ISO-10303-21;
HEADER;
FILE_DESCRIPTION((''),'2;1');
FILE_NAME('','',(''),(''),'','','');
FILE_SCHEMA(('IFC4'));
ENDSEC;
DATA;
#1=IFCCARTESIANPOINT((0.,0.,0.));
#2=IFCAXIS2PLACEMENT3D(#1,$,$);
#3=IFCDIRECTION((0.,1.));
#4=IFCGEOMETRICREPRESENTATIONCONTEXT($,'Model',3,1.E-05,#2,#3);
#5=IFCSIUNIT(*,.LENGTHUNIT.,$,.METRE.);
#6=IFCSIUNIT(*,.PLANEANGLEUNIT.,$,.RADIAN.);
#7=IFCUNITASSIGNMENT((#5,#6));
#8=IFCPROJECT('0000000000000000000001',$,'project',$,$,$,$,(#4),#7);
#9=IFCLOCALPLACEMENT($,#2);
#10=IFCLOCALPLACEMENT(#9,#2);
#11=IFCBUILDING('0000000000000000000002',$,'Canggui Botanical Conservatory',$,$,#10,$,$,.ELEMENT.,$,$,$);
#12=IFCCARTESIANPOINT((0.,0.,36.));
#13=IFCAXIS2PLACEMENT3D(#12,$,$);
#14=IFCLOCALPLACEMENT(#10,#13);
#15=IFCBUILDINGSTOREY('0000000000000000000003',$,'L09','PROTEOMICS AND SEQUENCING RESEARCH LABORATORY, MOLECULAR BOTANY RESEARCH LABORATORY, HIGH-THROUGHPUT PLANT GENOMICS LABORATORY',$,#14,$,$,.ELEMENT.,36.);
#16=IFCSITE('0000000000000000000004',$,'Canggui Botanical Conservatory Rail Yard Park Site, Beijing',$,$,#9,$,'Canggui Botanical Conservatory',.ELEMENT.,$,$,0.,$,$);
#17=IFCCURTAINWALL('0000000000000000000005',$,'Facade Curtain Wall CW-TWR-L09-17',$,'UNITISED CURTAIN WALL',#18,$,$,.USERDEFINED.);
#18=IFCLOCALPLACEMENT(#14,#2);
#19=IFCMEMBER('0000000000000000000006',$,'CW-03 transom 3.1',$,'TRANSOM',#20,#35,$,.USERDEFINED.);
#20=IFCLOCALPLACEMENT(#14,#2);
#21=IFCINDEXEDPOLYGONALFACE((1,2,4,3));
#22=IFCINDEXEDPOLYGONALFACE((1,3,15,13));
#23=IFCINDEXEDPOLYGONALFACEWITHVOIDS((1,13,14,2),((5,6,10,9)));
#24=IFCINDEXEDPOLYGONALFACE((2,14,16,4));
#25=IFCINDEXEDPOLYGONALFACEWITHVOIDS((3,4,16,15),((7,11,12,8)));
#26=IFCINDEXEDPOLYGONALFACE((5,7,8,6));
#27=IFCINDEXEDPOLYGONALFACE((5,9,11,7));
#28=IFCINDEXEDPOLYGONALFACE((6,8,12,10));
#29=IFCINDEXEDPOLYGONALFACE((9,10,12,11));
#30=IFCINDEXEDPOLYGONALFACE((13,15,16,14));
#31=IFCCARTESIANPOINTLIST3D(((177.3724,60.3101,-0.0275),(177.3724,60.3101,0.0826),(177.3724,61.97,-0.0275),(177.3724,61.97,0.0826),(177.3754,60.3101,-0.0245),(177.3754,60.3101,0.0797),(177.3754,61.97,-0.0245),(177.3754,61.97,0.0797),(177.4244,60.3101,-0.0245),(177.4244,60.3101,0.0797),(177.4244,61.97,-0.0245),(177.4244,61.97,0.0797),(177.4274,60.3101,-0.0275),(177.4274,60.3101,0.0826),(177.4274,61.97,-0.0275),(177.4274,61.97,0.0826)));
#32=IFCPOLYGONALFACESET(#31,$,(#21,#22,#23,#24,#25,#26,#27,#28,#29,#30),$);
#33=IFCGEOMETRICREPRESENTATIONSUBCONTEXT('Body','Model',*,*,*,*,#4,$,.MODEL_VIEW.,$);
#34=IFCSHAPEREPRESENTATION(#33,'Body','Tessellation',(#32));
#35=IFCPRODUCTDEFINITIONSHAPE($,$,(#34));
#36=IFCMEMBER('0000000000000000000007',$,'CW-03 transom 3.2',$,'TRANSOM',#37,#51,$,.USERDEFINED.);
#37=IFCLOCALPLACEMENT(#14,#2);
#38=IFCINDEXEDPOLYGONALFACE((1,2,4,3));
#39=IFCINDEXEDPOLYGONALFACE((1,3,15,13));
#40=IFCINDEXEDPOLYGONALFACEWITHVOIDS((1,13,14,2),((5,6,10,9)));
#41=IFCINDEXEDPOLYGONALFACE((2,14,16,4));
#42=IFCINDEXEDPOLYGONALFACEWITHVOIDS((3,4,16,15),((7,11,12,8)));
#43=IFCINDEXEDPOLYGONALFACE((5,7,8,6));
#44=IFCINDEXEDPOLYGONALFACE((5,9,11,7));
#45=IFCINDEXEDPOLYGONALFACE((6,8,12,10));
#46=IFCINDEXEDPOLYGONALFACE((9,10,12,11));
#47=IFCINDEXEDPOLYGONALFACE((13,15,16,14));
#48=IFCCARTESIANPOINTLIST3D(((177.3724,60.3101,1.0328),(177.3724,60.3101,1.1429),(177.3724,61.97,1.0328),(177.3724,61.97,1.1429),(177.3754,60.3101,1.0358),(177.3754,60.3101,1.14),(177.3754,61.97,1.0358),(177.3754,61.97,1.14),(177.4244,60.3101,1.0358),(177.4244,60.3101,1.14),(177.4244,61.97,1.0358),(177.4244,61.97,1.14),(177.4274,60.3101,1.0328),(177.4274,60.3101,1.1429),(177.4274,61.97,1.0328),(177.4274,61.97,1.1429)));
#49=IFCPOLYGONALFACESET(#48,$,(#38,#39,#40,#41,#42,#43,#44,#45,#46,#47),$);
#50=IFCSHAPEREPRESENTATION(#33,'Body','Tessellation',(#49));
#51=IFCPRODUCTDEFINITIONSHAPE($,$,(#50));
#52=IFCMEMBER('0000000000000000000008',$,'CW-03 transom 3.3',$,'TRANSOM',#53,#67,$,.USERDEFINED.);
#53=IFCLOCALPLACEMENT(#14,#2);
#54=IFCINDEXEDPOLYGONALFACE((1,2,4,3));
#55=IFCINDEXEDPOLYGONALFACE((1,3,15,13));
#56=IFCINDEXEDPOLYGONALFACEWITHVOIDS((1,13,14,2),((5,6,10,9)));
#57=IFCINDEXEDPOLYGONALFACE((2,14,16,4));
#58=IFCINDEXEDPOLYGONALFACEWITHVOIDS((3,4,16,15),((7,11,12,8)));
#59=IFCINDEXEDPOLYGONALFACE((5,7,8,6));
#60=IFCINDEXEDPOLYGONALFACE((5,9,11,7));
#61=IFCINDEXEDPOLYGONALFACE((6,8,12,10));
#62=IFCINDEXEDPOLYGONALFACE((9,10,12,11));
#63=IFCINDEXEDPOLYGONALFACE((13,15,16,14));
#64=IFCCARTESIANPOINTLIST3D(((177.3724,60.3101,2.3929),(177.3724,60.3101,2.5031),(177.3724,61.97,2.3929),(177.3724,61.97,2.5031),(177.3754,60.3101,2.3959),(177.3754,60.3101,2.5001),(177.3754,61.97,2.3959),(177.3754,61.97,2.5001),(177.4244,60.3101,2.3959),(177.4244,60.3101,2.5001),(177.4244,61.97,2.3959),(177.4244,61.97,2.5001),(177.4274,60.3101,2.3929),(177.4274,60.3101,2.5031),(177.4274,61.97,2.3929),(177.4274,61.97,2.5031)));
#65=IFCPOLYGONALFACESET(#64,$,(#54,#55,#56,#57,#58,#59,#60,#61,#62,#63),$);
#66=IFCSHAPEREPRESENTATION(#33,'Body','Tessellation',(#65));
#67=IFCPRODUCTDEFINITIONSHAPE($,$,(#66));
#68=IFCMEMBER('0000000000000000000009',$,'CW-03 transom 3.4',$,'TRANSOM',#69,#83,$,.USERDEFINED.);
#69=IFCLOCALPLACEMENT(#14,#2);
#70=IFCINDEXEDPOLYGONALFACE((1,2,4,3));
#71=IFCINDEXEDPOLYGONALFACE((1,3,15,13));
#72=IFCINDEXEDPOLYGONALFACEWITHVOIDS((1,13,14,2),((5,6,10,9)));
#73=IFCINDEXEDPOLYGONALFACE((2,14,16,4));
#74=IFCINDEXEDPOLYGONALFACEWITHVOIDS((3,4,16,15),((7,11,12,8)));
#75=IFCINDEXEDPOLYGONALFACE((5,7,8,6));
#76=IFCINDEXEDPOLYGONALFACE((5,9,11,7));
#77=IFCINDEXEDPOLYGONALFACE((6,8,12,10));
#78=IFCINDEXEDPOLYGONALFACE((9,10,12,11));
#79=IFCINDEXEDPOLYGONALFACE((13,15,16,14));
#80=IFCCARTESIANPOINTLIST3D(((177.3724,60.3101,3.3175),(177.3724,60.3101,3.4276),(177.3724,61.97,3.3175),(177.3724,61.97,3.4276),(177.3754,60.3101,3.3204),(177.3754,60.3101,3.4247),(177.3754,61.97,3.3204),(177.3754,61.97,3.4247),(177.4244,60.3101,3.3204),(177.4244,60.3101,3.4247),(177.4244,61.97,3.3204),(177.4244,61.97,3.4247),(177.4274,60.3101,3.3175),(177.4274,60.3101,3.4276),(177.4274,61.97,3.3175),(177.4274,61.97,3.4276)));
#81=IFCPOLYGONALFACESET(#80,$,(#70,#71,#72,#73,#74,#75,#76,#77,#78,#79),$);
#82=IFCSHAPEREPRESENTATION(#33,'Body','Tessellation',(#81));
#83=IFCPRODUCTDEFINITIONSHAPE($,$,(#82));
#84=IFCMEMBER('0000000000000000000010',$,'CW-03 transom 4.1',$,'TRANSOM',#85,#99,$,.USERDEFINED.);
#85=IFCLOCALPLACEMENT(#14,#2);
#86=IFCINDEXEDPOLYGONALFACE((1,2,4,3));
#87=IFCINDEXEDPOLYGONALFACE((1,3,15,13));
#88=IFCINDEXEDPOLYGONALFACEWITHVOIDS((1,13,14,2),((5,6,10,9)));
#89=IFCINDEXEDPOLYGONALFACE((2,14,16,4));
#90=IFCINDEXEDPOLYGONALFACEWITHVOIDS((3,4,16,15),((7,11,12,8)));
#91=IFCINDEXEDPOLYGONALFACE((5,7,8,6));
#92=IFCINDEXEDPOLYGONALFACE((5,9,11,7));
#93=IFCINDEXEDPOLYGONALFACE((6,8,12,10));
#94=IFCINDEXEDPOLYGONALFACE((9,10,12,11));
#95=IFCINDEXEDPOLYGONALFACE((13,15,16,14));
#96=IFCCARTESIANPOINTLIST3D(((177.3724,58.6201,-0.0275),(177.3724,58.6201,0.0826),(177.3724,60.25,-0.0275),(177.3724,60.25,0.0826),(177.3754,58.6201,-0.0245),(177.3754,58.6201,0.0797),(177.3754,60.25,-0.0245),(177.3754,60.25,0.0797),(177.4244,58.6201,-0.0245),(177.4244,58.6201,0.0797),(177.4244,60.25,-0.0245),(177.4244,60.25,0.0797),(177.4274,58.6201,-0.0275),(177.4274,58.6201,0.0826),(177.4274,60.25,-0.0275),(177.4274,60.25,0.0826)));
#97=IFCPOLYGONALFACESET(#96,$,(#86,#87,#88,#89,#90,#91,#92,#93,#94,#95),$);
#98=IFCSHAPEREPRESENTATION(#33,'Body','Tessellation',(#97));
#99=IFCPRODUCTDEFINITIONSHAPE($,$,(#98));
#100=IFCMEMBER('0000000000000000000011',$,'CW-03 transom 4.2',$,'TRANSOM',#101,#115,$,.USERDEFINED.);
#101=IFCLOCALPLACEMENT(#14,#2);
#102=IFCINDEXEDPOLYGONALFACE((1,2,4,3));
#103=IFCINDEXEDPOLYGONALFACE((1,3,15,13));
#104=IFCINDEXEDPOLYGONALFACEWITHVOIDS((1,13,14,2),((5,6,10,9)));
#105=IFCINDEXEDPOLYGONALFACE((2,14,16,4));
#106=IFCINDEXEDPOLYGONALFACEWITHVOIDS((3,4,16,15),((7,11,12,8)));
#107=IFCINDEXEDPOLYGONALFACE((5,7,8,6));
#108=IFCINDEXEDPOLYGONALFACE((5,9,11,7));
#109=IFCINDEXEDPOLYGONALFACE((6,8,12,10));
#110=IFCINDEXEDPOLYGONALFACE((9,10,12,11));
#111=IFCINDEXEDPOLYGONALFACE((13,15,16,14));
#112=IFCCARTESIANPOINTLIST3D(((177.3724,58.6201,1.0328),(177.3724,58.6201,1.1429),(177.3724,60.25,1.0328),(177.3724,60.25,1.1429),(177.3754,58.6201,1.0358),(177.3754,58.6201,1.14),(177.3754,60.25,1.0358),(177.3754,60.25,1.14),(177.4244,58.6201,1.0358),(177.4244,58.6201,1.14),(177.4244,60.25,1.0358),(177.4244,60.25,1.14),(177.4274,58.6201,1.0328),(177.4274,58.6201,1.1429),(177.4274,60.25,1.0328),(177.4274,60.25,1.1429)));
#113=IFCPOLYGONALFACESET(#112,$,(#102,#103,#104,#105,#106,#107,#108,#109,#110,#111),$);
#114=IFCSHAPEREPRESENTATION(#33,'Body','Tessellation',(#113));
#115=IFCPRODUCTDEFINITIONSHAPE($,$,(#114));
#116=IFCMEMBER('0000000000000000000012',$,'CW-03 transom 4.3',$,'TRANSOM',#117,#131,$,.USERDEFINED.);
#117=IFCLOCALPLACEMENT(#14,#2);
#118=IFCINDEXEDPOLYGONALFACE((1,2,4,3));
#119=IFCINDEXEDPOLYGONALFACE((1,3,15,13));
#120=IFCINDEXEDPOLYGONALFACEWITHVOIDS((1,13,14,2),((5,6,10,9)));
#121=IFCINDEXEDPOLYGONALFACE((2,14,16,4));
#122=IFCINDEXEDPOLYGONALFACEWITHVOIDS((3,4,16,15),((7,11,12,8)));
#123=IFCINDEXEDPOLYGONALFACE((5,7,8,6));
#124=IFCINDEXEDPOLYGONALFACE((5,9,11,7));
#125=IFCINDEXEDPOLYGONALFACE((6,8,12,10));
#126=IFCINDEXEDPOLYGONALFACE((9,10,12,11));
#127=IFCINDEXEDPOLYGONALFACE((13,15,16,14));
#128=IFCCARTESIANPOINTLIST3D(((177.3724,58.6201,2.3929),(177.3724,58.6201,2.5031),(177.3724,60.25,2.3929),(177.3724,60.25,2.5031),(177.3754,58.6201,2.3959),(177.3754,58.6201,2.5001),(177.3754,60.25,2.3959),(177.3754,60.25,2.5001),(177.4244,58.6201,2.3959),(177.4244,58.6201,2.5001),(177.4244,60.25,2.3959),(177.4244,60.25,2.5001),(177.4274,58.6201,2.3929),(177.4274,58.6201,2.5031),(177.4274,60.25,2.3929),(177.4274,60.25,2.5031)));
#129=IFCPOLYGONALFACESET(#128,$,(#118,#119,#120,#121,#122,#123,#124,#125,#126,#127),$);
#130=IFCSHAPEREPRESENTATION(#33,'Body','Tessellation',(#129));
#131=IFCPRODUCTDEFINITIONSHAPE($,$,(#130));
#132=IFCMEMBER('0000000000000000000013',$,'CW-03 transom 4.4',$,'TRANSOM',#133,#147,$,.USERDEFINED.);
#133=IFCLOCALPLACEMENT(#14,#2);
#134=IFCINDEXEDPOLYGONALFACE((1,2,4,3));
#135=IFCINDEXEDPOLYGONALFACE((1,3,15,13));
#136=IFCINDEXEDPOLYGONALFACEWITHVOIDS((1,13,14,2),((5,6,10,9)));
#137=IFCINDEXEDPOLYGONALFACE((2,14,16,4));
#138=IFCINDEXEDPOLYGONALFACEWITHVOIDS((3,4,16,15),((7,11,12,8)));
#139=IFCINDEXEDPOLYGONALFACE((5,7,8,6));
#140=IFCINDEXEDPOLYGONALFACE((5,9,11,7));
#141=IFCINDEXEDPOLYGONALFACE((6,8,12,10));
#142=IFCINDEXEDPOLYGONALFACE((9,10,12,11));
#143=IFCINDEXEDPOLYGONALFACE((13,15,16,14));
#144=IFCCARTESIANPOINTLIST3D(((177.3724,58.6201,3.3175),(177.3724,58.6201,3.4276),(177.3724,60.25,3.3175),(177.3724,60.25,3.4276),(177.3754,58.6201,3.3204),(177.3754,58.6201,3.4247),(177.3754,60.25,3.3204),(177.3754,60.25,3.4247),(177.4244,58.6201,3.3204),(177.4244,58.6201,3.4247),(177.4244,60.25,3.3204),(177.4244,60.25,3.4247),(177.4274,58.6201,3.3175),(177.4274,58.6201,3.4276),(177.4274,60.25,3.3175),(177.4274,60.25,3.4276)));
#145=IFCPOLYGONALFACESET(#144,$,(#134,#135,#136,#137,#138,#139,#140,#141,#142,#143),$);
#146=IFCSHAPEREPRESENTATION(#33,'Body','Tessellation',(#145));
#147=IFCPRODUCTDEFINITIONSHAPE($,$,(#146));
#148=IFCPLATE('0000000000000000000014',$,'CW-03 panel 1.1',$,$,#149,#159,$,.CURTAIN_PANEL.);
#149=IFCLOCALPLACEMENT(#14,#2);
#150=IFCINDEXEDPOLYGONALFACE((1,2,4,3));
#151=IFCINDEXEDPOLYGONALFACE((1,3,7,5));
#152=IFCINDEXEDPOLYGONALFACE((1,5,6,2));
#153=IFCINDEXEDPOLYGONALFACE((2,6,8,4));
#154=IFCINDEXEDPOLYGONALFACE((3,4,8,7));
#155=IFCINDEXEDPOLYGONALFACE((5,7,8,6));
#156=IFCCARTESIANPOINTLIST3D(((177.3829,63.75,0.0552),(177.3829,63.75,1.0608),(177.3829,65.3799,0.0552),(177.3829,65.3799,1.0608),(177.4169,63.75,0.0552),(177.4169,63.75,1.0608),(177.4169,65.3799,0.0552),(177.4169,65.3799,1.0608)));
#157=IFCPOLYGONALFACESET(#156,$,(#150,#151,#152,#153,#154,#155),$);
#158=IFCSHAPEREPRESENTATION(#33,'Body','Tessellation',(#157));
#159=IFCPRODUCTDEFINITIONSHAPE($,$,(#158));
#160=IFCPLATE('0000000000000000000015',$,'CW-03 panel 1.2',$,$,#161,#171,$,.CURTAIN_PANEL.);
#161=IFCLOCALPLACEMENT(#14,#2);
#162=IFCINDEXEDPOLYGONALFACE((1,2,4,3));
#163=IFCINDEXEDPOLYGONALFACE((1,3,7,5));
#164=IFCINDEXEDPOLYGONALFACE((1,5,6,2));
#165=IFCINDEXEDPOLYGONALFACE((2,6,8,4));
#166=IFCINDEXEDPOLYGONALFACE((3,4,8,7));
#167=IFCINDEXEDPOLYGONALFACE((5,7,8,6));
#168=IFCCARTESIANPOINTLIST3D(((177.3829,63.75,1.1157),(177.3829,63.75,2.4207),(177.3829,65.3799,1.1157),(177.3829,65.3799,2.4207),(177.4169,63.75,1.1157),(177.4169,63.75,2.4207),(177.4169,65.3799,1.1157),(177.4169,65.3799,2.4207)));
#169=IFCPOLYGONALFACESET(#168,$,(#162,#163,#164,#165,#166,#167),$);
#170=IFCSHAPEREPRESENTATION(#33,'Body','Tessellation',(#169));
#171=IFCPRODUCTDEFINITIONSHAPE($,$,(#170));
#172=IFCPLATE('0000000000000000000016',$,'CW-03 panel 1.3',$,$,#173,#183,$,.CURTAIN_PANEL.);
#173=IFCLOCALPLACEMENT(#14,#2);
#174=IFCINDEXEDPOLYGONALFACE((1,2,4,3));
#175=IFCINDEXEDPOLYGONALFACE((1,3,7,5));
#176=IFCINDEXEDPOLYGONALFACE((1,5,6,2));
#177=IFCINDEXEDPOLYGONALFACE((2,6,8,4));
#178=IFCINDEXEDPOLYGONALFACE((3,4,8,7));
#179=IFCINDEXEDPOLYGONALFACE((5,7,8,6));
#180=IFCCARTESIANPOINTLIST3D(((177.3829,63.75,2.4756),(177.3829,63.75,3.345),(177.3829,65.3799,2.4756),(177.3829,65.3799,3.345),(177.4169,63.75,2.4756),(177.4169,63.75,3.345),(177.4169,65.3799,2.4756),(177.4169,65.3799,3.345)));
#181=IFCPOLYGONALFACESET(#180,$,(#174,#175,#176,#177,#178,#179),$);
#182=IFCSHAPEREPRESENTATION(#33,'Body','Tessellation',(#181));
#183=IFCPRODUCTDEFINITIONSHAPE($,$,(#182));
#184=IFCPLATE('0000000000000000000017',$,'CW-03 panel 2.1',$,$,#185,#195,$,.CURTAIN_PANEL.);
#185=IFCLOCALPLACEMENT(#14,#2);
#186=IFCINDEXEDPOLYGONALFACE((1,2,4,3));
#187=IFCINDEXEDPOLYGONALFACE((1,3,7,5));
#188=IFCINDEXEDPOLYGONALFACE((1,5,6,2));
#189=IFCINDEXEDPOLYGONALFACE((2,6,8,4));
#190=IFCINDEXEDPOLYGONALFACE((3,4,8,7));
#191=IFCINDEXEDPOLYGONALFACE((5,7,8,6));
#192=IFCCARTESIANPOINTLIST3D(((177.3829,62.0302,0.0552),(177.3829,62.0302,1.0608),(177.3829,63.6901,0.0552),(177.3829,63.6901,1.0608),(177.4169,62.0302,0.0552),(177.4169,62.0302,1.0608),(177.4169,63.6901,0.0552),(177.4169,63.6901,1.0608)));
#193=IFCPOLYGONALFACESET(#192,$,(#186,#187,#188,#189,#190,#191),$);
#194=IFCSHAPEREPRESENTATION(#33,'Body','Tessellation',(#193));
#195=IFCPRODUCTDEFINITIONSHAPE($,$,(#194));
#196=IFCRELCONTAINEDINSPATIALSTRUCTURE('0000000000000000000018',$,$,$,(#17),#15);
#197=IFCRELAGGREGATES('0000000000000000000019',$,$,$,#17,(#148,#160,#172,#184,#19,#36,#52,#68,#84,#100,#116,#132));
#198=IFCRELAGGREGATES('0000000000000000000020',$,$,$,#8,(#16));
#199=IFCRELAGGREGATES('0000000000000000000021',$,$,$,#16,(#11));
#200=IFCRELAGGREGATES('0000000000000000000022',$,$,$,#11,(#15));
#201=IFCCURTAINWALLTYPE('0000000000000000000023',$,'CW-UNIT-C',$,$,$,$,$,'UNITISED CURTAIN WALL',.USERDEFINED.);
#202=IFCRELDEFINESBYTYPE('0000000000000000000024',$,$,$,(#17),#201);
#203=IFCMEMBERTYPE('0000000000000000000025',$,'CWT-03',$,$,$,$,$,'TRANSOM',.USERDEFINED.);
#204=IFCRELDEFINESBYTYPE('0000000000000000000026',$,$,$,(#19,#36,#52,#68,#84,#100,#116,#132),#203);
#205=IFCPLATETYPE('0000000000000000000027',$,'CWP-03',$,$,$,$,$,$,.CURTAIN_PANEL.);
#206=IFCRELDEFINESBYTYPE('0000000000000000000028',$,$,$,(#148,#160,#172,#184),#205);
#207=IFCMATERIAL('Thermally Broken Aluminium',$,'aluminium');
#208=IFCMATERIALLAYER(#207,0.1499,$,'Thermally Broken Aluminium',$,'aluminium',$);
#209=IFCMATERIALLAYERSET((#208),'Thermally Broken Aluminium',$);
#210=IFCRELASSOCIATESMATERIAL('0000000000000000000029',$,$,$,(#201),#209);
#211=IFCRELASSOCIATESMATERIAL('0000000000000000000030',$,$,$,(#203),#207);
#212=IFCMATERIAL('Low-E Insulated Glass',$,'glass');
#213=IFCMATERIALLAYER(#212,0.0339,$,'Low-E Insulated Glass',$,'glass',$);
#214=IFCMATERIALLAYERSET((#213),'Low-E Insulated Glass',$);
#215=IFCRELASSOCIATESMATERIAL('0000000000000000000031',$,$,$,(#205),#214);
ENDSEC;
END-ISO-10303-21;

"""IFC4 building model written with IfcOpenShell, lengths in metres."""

from ifc_helpers import new_model, si_unit, direction, frame, origin, origin_2d, place, context, subcontext, project, spatial, rectangle, hollow_rectangle, extrude, material, layer, layer_set, material_profile, profile_set, type_object, element, aggregate, save


model = new_model("IFC4")

# Units and contexts
model_context = context("Model", 3, precision=1e-05, world=origin(), true_north=direction((0.0, 1.0)))
body_context = subcontext(model_context, "Body", "Model", "MODEL_VIEW")
ifc_project = project(units=[si_unit("LENGTHUNIT", "METRE"), si_unit("PLANEANGLEUNIT", "RADIAN")], contexts=[model_context])

# Site, building, storey
site_placement = place(None, origin())
site = spatial("IfcSite", under=ifc_project, at=site_placement, Name="Canggui Botanical Conservatory Rail Yard Park Site, Beijing", LongName="Canggui Botanical Conservatory", CompositionType="ELEMENT", RefElevation=0.0)
building_placement = place(site_placement, origin())
building = spatial("IfcBuilding", under=site, at=building_placement, Name="Canggui Botanical Conservatory", CompositionType="ELEMENT")
storey_placement = place(building_placement, frame((0.0, 0.0, 36.0)))
storey = spatial("IfcBuildingStorey", under=building, at=storey_placement, Name="L09", Description="PROTEOMICS AND SEQUENCING RESEARCH LABORATORY, MOLECULAR BOTANY RESEARCH LABORATORY, HIGH-THROUGHPUT PLANT GENOMICS LABORATORY", CompositionType="ELEMENT", Elevation=36.0)

# Curtain wall, members, plates
ifc_material_1 = material(Name="Thermally Broken Aluminium", Category="aluminium")
ifc_layer_1 = layer(ifc_material_1, 0.1499, Name="Thermally Broken Aluminium", Category="aluminium")
ifc_layer_set_1 = layer_set([ifc_layer_1], Name="Thermally Broken Aluminium")
curtain_wall_type = type_object("IfcCurtainWallType", Name="CW-UNIT-C", ElementType="UNITISED CURTAIN WALL", PredefinedType="USERDEFINED", material=ifc_layer_set_1)
curtain_wall_placement = place(storey_placement, origin())
curtain_wall = element("IfcCurtainWall", 1, at=curtain_wall_placement, inside=storey, type_object=curtain_wall_type, Name="Facade Curtain Wall CW-TWR-L09-17", ObjectType="UNITISED CURTAIN WALL", PredefinedType="USERDEFINED")
ifc_material_profile_1 = material_profile(ifc_material_1, hollow_rectangle(XDim=0.0549, YDim=0.1101, WallThickness=0.0029, at=origin_2d()), Name="CWT 55x110x3")
ifc_profile_set_1 = profile_set([ifc_material_profile_1], Name="Thermally Broken Aluminium")
member_type_1 = type_object("IfcMemberType", Name="CWT-03", ElementType="TRANSOM", PredefinedType="USERDEFINED", material=ifc_profile_set_1)
member_1_placement = place(storey_placement, frame((177.3999, 61.97, 0.0276), z_axis=(0.0, -1.0, 0.0), x_axis=(1.0, 0.0, 0.0)))
member_1 = element("IfcMember", 2, at=member_1_placement, type_object=member_type_1, Name="CW-03 transom 3.1", ObjectType="TRANSOM", PredefinedType="USERDEFINED", context=body_context, shape_type="SweptSolid", body=[
    extrude(hollow_rectangle(XDim=0.0549, YDim=0.1101, WallThickness=0.0029, at=origin_2d()), origin(), (0.0, 0.0, 1.0), 1.6599),
])
member_2_placement = place(storey_placement, frame((177.3999, 61.97, 1.0879), z_axis=(0.0, -1.0, 0.0), x_axis=(1.0, 0.0, 0.0)))
member_2 = element("IfcMember", 3, at=member_2_placement, type_object=member_type_1, Name="CW-03 transom 3.2", ObjectType="TRANSOM", PredefinedType="USERDEFINED", context=body_context, shape_type="SweptSolid", body=[
    extrude(hollow_rectangle(XDim=0.0549, YDim=0.1101, WallThickness=0.0029, at=origin_2d()), origin(), (0.0, 0.0, 1.0), 1.6599),
])
member_3_placement = place(storey_placement, frame((177.3999, 61.97, 2.448), z_axis=(0.0, -1.0, 0.0), x_axis=(1.0, 0.0, 0.0)))
member_3 = element("IfcMember", 4, at=member_3_placement, type_object=member_type_1, Name="CW-03 transom 3.3", ObjectType="TRANSOM", PredefinedType="USERDEFINED", context=body_context, shape_type="SweptSolid", body=[
    extrude(hollow_rectangle(XDim=0.0549, YDim=0.1101, WallThickness=0.0029, at=origin_2d()), origin(), (0.0, 0.0, 1.0), 1.6599),
])
member_4_placement = place(storey_placement, frame((177.3999, 61.97, 3.3726), z_axis=(0.0, -1.0, 0.0), x_axis=(1.0, 0.0, 0.0)))
member_4 = element("IfcMember", 5, at=member_4_placement, type_object=member_type_1, Name="CW-03 transom 3.4", ObjectType="TRANSOM", PredefinedType="USERDEFINED", context=body_context, shape_type="SweptSolid", body=[
    extrude(hollow_rectangle(XDim=0.0549, YDim=0.1101, WallThickness=0.0029, at=origin_2d()), origin(), (0.0, 0.0, 1.0), 1.6599),
])
member_5_placement = place(storey_placement, frame((177.3999, 60.25, 0.0276), z_axis=(0.0, -1.0, 0.0), x_axis=(1.0, 0.0, 0.0)))
member_5 = element("IfcMember", 6, at=member_5_placement, type_object=member_type_1, Name="CW-03 transom 4.1", ObjectType="TRANSOM", PredefinedType="USERDEFINED", context=body_context, shape_type="SweptSolid", body=[
    extrude(hollow_rectangle(XDim=0.0549, YDim=0.1101, WallThickness=0.0029, at=origin_2d()), origin(), (0.0, 0.0, 1.0), 1.6299),
])
member_6_placement = place(storey_placement, frame((177.3999, 60.25, 1.0879), z_axis=(0.0, -1.0, 0.0), x_axis=(1.0, 0.0, 0.0)))
member_6 = element("IfcMember", 7, at=member_6_placement, type_object=member_type_1, Name="CW-03 transom 4.2", ObjectType="TRANSOM", PredefinedType="USERDEFINED", context=body_context, shape_type="SweptSolid", body=[
    extrude(hollow_rectangle(XDim=0.0549, YDim=0.1101, WallThickness=0.0029, at=origin_2d()), origin(), (0.0, 0.0, 1.0), 1.6299),
])
member_7_placement = place(storey_placement, frame((177.3999, 60.25, 2.448), z_axis=(0.0, -1.0, 0.0), x_axis=(1.0, 0.0, 0.0)))
member_7 = element("IfcMember", 8, at=member_7_placement, type_object=member_type_1, Name="CW-03 transom 4.3", ObjectType="TRANSOM", PredefinedType="USERDEFINED", context=body_context, shape_type="SweptSolid", body=[
    extrude(hollow_rectangle(XDim=0.0549, YDim=0.1101, WallThickness=0.0029, at=origin_2d()), origin(), (0.0, 0.0, 1.0), 1.6299),
])
member_8_placement = place(storey_placement, frame((177.3999, 60.25, 3.3726), z_axis=(0.0, -1.0, 0.0), x_axis=(1.0, 0.0, 0.0)))
member_8 = element("IfcMember", 9, at=member_8_placement, type_object=member_type_1, Name="CW-03 transom 4.4", ObjectType="TRANSOM", PredefinedType="USERDEFINED", context=body_context, shape_type="SweptSolid", body=[
    extrude(hollow_rectangle(XDim=0.0549, YDim=0.1101, WallThickness=0.0029, at=origin_2d()), origin(), (0.0, 0.0, 1.0), 1.6299),
])
ifc_material_2 = material(Name="Low-E Insulated Glass", Category="glass")
ifc_layer_2 = layer(ifc_material_2, 0.0339, Name="Low-E Insulated Glass", Category="glass")
ifc_layer_set_2 = layer_set([ifc_layer_2], Name="Low-E Insulated Glass")
plate_type = type_object("IfcPlateType", Name="CWP-03", PredefinedType="CURTAIN_PANEL", material=ifc_layer_set_2)
plate_1_placement = place(storey_placement, frame((177.3999, 64.5649, 0.0552), z_axis=(0.0, 0.0, 1.0), x_axis=(0.0, -1.0, 0.0)))
plate_1 = element("IfcPlate", 10, at=plate_1_placement, type_object=plate_type, Name="CW-03 panel 1.1", PredefinedType="CURTAIN_PANEL", context=body_context, shape_type="SweptSolid", body=[
    extrude(rectangle(XDim=1.6299, YDim=0.0339, at=origin_2d()), origin(), (0.0, 0.0, 1.0), 1.0056),
])
plate_2_placement = place(storey_placement, frame((177.3999, 64.5649, 1.1157), z_axis=(0.0, 0.0, 1.0), x_axis=(0.0, -1.0, 0.0)))
plate_2 = element("IfcPlate", 11, at=plate_2_placement, type_object=plate_type, Name="CW-03 panel 1.2", PredefinedType="CURTAIN_PANEL", context=body_context, shape_type="SweptSolid", body=[
    extrude(rectangle(XDim=1.6299, YDim=0.0339, at=origin_2d()), origin(), (0.0, 0.0, 1.0), 1.3049),
])
plate_3_placement = place(storey_placement, frame((177.3999, 64.5649, 2.4756), z_axis=(0.0, 0.0, 1.0), x_axis=(0.0, -1.0, 0.0)))
plate_3 = element("IfcPlate", 12, at=plate_3_placement, type_object=plate_type, Name="CW-03 panel 1.3", PredefinedType="CURTAIN_PANEL", context=body_context, shape_type="SweptSolid", body=[
    extrude(rectangle(XDim=1.6299, YDim=0.0339, at=origin_2d()), origin(), (0.0, 0.0, 1.0), 0.8694),
])
plate_4_placement = place(storey_placement, frame((177.3999, 62.8601, 0.0552), z_axis=(0.0, 0.0, 1.0), x_axis=(0.0, -1.0, 0.0)))
plate_4 = element("IfcPlate", 13, at=plate_4_placement, type_object=plate_type, Name="CW-03 panel 2.1", PredefinedType="CURTAIN_PANEL", context=body_context, shape_type="SweptSolid", body=[
    extrude(rectangle(XDim=1.6599, YDim=0.0339, at=origin_2d()), origin(), (0.0, 0.0, 1.0), 1.0056),
])
aggregate(curtain_wall, [plate_1, plate_2, plate_3, plate_4, member_1, member_2, member_3, member_4, member_5, member_6, member_7, member_8])

save(model, "model.ifc")
